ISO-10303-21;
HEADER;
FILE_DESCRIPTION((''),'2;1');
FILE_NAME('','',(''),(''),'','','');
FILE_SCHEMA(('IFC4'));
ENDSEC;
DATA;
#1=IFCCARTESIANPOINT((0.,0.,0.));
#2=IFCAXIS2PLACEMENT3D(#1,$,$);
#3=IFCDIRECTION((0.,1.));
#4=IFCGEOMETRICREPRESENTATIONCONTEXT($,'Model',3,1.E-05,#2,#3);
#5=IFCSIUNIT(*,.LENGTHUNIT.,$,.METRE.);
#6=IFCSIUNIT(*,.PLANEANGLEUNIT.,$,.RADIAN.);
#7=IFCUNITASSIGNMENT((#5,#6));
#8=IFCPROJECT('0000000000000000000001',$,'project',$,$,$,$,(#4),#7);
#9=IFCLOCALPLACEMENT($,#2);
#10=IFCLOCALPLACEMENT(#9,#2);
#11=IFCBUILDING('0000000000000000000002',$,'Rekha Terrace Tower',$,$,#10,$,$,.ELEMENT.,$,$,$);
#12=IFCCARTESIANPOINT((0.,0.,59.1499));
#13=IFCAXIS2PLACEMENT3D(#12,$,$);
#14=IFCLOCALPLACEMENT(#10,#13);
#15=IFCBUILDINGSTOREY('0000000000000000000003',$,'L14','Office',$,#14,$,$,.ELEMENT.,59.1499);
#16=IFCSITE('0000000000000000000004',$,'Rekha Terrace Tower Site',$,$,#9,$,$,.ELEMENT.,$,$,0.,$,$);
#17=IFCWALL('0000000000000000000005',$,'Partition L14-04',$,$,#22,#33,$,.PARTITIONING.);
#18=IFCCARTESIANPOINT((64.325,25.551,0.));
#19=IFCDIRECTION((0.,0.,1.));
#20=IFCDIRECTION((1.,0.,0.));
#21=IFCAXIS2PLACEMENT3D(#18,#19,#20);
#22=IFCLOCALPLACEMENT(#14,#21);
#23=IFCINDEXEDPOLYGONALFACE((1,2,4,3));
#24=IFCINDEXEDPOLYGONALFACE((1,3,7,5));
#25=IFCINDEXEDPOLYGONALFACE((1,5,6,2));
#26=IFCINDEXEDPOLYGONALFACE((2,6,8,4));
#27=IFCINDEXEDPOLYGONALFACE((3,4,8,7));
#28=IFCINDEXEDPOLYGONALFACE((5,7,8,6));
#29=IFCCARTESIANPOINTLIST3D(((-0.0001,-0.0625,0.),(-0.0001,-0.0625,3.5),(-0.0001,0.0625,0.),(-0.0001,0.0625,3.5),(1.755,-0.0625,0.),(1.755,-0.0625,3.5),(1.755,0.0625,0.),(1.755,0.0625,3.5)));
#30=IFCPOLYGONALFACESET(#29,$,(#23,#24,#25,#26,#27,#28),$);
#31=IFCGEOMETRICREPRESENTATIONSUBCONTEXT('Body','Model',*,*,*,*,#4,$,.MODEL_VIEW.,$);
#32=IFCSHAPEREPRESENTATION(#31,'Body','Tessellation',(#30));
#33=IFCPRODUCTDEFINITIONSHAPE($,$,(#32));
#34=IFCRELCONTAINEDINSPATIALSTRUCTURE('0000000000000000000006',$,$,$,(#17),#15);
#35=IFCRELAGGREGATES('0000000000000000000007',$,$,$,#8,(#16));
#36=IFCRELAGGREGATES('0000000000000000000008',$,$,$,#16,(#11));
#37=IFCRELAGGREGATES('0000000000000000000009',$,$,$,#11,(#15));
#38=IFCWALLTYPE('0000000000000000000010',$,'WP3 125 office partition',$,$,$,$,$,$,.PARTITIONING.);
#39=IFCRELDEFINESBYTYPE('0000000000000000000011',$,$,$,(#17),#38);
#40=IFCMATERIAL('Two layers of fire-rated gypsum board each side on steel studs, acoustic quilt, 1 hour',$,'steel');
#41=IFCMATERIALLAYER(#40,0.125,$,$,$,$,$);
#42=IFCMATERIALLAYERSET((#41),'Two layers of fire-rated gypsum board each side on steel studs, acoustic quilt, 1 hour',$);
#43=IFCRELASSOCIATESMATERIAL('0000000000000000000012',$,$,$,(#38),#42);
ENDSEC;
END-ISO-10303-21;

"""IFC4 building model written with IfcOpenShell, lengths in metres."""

from ifc_helpers import new_model, si_unit, direction, frame, frame_2d, origin, place, context, subcontext, project, spatial, rectangle, extrude, material, layer, layer_set, type_object, element, save


model = new_model("IFC4")

# Units and contexts
model_context = context("Model", 3, precision=1e-05, world=origin(), true_north=direction((0.0, 1.0)))
body_context = subcontext(model_context, "Body", "Model", "MODEL_VIEW")
ifc_project = project(units=[si_unit("LENGTHUNIT", "METRE"), si_unit("PLANEANGLEUNIT", "RADIAN")], contexts=[model_context])

# Site, building, storey
site_placement = place(None, origin())
site = spatial("IfcSite", under=ifc_project, at=site_placement, Name="Rekha Terrace Tower Site", CompositionType="ELEMENT", RefElevation=0.0)
building_placement = place(site_placement, origin())
building = spatial("IfcBuilding", under=site, at=building_placement, Name="Rekha Terrace Tower", CompositionType="ELEMENT")
storey_placement = place(building_placement, frame((0.0, 0.0, 59.1499)))
storey = spatial("IfcBuildingStorey", under=building, at=storey_placement, Name="L14", Description="Office", CompositionType="ELEMENT", Elevation=59.1499)

# Shared definitions
ifc_material_1 = material(Name="Two layers of fire-rated gypsum board each side on steel studs, acoustic quilt, 1 hour", Category="steel")
ifc_layer_1 = layer(ifc_material_1, 0.125)
ifc_layer_set_1 = layer_set([ifc_layer_1], Name="Two layers of fire-rated gypsum board each side on steel studs, acoustic quilt, 1 hour")
wall_type_1 = type_object("IfcWallType", Name="WP3 125 office partition", PredefinedType="PARTITIONING", material=ifc_layer_set_1)

# Wall
wall_1_placement = place(storey_placement, frame((64.325, 25.551, 0.0), z_axis=(0.0, 0.0, 1.0), x_axis=(1.0, 0.0, 0.0)))
element("IfcWall", 1, at=wall_1_placement, inside=storey, type_object=wall_type_1, Name="Partition L14-04", PredefinedType="PARTITIONING", context=body_context, shape_type="SweptSolid", body=[
    extrude(rectangle(XDim=1.7551, YDim=0.125, at=frame_2d((0.8774, 0.0))), origin(), (0.0, 0.0, 1.0), 3.5),
])

save(model, "model.ifc")
